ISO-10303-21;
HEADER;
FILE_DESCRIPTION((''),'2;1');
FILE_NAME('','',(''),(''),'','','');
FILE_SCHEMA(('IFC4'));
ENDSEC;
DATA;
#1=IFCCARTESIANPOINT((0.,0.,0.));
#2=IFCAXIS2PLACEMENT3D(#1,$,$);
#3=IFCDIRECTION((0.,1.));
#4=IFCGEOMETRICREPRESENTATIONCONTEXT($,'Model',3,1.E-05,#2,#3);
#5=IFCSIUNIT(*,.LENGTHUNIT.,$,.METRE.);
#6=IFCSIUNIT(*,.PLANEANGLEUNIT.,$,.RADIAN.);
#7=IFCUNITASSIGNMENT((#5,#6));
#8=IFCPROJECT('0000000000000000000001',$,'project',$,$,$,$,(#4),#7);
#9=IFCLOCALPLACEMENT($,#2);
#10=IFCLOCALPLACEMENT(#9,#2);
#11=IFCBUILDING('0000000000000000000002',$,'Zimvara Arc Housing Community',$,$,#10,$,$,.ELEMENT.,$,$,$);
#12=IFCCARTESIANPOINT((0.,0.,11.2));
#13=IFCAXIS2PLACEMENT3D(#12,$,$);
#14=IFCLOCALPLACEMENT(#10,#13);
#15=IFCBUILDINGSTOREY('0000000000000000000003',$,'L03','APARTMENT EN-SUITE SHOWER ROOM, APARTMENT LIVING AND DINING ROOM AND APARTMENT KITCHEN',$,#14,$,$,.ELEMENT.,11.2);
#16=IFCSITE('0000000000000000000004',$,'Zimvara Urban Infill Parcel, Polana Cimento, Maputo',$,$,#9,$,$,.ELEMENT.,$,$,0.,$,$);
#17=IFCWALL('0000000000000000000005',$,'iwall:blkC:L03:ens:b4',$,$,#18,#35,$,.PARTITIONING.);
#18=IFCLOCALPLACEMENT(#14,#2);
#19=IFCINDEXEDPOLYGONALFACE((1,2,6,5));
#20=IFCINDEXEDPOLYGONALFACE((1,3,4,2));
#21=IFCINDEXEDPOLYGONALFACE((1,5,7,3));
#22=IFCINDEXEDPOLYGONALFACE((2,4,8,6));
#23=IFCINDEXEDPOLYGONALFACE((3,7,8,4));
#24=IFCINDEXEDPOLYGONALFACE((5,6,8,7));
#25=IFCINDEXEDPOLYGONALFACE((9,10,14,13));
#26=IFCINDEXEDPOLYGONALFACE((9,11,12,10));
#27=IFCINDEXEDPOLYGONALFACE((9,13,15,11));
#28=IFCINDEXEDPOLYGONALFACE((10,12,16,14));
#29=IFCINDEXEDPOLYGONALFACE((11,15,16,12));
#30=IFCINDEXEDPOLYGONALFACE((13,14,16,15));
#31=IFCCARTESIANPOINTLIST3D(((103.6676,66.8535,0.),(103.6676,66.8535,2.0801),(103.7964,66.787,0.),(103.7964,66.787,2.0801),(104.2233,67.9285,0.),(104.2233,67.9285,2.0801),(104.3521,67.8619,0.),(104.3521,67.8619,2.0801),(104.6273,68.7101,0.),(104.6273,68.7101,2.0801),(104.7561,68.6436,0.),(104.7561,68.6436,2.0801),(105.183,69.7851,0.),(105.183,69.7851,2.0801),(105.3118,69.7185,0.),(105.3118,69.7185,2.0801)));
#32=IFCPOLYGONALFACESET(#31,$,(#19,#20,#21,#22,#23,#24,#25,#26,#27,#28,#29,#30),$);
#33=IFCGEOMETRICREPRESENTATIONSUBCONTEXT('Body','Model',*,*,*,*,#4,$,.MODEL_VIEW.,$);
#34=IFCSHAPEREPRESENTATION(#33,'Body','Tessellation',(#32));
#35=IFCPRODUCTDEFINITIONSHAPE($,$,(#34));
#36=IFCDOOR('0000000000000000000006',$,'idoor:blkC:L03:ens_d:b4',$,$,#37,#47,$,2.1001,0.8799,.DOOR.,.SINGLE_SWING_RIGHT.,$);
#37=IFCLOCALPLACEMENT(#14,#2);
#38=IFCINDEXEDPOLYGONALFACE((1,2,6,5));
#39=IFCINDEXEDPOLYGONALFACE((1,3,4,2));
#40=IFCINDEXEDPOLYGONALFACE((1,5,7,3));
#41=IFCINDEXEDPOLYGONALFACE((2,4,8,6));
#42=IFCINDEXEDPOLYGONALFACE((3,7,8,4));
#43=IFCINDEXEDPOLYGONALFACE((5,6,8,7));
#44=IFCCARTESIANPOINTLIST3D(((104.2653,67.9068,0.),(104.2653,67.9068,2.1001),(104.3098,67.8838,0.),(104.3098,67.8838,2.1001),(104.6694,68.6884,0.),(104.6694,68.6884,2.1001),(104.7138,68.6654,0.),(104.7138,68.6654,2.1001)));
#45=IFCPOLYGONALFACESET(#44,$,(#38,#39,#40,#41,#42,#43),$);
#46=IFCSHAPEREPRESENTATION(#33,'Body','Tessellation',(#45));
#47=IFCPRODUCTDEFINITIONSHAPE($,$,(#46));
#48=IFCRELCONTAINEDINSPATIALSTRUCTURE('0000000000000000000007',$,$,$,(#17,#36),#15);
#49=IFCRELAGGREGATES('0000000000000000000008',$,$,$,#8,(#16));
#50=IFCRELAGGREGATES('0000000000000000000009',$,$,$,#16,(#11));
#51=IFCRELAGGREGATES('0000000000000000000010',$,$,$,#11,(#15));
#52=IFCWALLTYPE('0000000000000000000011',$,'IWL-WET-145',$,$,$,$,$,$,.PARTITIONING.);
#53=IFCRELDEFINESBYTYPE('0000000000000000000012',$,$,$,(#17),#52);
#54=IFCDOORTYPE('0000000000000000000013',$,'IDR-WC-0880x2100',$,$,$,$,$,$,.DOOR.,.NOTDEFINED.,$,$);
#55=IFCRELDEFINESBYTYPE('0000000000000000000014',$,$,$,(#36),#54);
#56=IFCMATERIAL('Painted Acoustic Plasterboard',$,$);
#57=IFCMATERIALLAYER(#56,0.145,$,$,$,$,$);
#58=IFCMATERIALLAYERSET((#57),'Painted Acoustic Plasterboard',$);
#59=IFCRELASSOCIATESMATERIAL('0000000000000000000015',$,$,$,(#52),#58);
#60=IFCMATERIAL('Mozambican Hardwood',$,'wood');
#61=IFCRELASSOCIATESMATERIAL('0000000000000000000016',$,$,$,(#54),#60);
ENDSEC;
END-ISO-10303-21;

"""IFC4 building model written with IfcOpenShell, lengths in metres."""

from ifc_helpers import new_model, si_unit, direction, frame, frame_2d, origin, place, context, subcontext, project, spatial, rectangle, extrude, material, layer, layer_set, type_object, element, fill, save


model = new_model("IFC4")

# Units and contexts
model_context = context("Model", 3, precision=1e-05, world=origin(), true_north=direction((0.0, 1.0)))
body_context = subcontext(model_context, "Body", "Model", "MODEL_VIEW")
ifc_project = project(units=[si_unit("LENGTHUNIT", "METRE"), si_unit("PLANEANGLEUNIT", "RADIAN")], contexts=[model_context])

# Site, building, storey
site_placement = place(None, origin())
site = spatial("IfcSite", under=ifc_project, at=site_placement, Name="Zimvara Urban Infill Parcel, Polana Cimento, Maputo", CompositionType="ELEMENT", RefElevation=0.0)
building_placement = place(site_placement, origin())
building = spatial("IfcBuilding", under=site, at=building_placement, Name="Zimvara Arc Housing Community", CompositionType="ELEMENT")
storey_placement = place(building_placement, frame((0.0, 0.0, 11.2)))
storey = spatial("IfcBuildingStorey", under=building, at=storey_placement, Name="L03", Description="APARTMENT EN-SUITE SHOWER ROOM, APARTMENT LIVING AND DINING ROOM AND APARTMENT KITCHEN", CompositionType="ELEMENT", Elevation=11.2)

# Wall, opening, door
ifc_material_1 = material(Name="Painted Acoustic Plasterboard")
ifc_layer_1 = layer(ifc_material_1, 0.145)
ifc_layer_set_1 = layer_set([ifc_layer_1], Name="Painted Acoustic Plasterboard")
wall_type_1 = type_object("IfcWallType", Name="IWL-WET-145", PredefinedType="PARTITIONING", material=ifc_layer_set_1)
wall_1_placement = place(storey_placement, frame((105.2473, 69.7517, 0.0), z_axis=(0.0, 0.0, 1.0), x_axis=(-0.459187, -0.888339, 0.0)))
wall_1 = element("IfcWall", 1, at=wall_1_placement, inside=storey, type_object=wall_type_1, Name="iwall:blkC:L03:ens:b4", PredefinedType="PARTITIONING", context=body_context, shape_type="SweptSolid", body=[
    extrude(rectangle(XDim=3.3, YDim=0.145, at=frame_2d((1.6499, 0.0))), origin(), (0.0, 0.0, 1.0), 2.0801),
])
opening_1_placement = place(wall_1_placement, frame((1.21, 0.0, 0.0)))
opening_1 = element("IfcOpeningElement", 2, at=opening_1_placement, cuts=wall_1, PredefinedType="OPENING", context=body_context, shape_type="SweptSolid", body=[
    extrude(rectangle(XDim=0.8799, YDim=2.1001, at=frame_2d((0.4399, 1.05))), frame((0.0, 0.0825, 0.0), z_axis=(0.0, -1.0, 0.0), x_axis=(1.0, 0.0, 0.0)), (0.0, 0.0, 1.0), 0.165),
])
ifc_material_2 = material(Name="Mozambican Hardwood", Category="wood")
door_type_1 = type_object("IfcDoorType", Name="IDR-WC-0880x2100", OperationType="NOTDEFINED", PredefinedType="DOOR", material=ifc_material_2)
door_1_placement = place(opening_1_placement, origin())
door_1 = element("IfcDoor", 3, at=door_1_placement, inside=storey, type_object=door_type_1, Name="idoor:blkC:L03:ens_d:b4", OperationType="SINGLE_SWING_RIGHT", OverallHeight=2.1001, OverallWidth=0.8799, PredefinedType="DOOR", context=body_context, shape_type="SweptSolid", body=[
    extrude(rectangle(XDim=0.8799, YDim=2.1001, at=frame_2d((0.4399, 1.05))), frame((0.0, 0.0249, 0.0), z_axis=(0.0, -1.0, 0.0), x_axis=(1.0, 0.0, 0.0)), (0.0, 0.0, 1.0), 0.05),
])
fill(opening_1, door_1)

save(model, "model.ifc")
